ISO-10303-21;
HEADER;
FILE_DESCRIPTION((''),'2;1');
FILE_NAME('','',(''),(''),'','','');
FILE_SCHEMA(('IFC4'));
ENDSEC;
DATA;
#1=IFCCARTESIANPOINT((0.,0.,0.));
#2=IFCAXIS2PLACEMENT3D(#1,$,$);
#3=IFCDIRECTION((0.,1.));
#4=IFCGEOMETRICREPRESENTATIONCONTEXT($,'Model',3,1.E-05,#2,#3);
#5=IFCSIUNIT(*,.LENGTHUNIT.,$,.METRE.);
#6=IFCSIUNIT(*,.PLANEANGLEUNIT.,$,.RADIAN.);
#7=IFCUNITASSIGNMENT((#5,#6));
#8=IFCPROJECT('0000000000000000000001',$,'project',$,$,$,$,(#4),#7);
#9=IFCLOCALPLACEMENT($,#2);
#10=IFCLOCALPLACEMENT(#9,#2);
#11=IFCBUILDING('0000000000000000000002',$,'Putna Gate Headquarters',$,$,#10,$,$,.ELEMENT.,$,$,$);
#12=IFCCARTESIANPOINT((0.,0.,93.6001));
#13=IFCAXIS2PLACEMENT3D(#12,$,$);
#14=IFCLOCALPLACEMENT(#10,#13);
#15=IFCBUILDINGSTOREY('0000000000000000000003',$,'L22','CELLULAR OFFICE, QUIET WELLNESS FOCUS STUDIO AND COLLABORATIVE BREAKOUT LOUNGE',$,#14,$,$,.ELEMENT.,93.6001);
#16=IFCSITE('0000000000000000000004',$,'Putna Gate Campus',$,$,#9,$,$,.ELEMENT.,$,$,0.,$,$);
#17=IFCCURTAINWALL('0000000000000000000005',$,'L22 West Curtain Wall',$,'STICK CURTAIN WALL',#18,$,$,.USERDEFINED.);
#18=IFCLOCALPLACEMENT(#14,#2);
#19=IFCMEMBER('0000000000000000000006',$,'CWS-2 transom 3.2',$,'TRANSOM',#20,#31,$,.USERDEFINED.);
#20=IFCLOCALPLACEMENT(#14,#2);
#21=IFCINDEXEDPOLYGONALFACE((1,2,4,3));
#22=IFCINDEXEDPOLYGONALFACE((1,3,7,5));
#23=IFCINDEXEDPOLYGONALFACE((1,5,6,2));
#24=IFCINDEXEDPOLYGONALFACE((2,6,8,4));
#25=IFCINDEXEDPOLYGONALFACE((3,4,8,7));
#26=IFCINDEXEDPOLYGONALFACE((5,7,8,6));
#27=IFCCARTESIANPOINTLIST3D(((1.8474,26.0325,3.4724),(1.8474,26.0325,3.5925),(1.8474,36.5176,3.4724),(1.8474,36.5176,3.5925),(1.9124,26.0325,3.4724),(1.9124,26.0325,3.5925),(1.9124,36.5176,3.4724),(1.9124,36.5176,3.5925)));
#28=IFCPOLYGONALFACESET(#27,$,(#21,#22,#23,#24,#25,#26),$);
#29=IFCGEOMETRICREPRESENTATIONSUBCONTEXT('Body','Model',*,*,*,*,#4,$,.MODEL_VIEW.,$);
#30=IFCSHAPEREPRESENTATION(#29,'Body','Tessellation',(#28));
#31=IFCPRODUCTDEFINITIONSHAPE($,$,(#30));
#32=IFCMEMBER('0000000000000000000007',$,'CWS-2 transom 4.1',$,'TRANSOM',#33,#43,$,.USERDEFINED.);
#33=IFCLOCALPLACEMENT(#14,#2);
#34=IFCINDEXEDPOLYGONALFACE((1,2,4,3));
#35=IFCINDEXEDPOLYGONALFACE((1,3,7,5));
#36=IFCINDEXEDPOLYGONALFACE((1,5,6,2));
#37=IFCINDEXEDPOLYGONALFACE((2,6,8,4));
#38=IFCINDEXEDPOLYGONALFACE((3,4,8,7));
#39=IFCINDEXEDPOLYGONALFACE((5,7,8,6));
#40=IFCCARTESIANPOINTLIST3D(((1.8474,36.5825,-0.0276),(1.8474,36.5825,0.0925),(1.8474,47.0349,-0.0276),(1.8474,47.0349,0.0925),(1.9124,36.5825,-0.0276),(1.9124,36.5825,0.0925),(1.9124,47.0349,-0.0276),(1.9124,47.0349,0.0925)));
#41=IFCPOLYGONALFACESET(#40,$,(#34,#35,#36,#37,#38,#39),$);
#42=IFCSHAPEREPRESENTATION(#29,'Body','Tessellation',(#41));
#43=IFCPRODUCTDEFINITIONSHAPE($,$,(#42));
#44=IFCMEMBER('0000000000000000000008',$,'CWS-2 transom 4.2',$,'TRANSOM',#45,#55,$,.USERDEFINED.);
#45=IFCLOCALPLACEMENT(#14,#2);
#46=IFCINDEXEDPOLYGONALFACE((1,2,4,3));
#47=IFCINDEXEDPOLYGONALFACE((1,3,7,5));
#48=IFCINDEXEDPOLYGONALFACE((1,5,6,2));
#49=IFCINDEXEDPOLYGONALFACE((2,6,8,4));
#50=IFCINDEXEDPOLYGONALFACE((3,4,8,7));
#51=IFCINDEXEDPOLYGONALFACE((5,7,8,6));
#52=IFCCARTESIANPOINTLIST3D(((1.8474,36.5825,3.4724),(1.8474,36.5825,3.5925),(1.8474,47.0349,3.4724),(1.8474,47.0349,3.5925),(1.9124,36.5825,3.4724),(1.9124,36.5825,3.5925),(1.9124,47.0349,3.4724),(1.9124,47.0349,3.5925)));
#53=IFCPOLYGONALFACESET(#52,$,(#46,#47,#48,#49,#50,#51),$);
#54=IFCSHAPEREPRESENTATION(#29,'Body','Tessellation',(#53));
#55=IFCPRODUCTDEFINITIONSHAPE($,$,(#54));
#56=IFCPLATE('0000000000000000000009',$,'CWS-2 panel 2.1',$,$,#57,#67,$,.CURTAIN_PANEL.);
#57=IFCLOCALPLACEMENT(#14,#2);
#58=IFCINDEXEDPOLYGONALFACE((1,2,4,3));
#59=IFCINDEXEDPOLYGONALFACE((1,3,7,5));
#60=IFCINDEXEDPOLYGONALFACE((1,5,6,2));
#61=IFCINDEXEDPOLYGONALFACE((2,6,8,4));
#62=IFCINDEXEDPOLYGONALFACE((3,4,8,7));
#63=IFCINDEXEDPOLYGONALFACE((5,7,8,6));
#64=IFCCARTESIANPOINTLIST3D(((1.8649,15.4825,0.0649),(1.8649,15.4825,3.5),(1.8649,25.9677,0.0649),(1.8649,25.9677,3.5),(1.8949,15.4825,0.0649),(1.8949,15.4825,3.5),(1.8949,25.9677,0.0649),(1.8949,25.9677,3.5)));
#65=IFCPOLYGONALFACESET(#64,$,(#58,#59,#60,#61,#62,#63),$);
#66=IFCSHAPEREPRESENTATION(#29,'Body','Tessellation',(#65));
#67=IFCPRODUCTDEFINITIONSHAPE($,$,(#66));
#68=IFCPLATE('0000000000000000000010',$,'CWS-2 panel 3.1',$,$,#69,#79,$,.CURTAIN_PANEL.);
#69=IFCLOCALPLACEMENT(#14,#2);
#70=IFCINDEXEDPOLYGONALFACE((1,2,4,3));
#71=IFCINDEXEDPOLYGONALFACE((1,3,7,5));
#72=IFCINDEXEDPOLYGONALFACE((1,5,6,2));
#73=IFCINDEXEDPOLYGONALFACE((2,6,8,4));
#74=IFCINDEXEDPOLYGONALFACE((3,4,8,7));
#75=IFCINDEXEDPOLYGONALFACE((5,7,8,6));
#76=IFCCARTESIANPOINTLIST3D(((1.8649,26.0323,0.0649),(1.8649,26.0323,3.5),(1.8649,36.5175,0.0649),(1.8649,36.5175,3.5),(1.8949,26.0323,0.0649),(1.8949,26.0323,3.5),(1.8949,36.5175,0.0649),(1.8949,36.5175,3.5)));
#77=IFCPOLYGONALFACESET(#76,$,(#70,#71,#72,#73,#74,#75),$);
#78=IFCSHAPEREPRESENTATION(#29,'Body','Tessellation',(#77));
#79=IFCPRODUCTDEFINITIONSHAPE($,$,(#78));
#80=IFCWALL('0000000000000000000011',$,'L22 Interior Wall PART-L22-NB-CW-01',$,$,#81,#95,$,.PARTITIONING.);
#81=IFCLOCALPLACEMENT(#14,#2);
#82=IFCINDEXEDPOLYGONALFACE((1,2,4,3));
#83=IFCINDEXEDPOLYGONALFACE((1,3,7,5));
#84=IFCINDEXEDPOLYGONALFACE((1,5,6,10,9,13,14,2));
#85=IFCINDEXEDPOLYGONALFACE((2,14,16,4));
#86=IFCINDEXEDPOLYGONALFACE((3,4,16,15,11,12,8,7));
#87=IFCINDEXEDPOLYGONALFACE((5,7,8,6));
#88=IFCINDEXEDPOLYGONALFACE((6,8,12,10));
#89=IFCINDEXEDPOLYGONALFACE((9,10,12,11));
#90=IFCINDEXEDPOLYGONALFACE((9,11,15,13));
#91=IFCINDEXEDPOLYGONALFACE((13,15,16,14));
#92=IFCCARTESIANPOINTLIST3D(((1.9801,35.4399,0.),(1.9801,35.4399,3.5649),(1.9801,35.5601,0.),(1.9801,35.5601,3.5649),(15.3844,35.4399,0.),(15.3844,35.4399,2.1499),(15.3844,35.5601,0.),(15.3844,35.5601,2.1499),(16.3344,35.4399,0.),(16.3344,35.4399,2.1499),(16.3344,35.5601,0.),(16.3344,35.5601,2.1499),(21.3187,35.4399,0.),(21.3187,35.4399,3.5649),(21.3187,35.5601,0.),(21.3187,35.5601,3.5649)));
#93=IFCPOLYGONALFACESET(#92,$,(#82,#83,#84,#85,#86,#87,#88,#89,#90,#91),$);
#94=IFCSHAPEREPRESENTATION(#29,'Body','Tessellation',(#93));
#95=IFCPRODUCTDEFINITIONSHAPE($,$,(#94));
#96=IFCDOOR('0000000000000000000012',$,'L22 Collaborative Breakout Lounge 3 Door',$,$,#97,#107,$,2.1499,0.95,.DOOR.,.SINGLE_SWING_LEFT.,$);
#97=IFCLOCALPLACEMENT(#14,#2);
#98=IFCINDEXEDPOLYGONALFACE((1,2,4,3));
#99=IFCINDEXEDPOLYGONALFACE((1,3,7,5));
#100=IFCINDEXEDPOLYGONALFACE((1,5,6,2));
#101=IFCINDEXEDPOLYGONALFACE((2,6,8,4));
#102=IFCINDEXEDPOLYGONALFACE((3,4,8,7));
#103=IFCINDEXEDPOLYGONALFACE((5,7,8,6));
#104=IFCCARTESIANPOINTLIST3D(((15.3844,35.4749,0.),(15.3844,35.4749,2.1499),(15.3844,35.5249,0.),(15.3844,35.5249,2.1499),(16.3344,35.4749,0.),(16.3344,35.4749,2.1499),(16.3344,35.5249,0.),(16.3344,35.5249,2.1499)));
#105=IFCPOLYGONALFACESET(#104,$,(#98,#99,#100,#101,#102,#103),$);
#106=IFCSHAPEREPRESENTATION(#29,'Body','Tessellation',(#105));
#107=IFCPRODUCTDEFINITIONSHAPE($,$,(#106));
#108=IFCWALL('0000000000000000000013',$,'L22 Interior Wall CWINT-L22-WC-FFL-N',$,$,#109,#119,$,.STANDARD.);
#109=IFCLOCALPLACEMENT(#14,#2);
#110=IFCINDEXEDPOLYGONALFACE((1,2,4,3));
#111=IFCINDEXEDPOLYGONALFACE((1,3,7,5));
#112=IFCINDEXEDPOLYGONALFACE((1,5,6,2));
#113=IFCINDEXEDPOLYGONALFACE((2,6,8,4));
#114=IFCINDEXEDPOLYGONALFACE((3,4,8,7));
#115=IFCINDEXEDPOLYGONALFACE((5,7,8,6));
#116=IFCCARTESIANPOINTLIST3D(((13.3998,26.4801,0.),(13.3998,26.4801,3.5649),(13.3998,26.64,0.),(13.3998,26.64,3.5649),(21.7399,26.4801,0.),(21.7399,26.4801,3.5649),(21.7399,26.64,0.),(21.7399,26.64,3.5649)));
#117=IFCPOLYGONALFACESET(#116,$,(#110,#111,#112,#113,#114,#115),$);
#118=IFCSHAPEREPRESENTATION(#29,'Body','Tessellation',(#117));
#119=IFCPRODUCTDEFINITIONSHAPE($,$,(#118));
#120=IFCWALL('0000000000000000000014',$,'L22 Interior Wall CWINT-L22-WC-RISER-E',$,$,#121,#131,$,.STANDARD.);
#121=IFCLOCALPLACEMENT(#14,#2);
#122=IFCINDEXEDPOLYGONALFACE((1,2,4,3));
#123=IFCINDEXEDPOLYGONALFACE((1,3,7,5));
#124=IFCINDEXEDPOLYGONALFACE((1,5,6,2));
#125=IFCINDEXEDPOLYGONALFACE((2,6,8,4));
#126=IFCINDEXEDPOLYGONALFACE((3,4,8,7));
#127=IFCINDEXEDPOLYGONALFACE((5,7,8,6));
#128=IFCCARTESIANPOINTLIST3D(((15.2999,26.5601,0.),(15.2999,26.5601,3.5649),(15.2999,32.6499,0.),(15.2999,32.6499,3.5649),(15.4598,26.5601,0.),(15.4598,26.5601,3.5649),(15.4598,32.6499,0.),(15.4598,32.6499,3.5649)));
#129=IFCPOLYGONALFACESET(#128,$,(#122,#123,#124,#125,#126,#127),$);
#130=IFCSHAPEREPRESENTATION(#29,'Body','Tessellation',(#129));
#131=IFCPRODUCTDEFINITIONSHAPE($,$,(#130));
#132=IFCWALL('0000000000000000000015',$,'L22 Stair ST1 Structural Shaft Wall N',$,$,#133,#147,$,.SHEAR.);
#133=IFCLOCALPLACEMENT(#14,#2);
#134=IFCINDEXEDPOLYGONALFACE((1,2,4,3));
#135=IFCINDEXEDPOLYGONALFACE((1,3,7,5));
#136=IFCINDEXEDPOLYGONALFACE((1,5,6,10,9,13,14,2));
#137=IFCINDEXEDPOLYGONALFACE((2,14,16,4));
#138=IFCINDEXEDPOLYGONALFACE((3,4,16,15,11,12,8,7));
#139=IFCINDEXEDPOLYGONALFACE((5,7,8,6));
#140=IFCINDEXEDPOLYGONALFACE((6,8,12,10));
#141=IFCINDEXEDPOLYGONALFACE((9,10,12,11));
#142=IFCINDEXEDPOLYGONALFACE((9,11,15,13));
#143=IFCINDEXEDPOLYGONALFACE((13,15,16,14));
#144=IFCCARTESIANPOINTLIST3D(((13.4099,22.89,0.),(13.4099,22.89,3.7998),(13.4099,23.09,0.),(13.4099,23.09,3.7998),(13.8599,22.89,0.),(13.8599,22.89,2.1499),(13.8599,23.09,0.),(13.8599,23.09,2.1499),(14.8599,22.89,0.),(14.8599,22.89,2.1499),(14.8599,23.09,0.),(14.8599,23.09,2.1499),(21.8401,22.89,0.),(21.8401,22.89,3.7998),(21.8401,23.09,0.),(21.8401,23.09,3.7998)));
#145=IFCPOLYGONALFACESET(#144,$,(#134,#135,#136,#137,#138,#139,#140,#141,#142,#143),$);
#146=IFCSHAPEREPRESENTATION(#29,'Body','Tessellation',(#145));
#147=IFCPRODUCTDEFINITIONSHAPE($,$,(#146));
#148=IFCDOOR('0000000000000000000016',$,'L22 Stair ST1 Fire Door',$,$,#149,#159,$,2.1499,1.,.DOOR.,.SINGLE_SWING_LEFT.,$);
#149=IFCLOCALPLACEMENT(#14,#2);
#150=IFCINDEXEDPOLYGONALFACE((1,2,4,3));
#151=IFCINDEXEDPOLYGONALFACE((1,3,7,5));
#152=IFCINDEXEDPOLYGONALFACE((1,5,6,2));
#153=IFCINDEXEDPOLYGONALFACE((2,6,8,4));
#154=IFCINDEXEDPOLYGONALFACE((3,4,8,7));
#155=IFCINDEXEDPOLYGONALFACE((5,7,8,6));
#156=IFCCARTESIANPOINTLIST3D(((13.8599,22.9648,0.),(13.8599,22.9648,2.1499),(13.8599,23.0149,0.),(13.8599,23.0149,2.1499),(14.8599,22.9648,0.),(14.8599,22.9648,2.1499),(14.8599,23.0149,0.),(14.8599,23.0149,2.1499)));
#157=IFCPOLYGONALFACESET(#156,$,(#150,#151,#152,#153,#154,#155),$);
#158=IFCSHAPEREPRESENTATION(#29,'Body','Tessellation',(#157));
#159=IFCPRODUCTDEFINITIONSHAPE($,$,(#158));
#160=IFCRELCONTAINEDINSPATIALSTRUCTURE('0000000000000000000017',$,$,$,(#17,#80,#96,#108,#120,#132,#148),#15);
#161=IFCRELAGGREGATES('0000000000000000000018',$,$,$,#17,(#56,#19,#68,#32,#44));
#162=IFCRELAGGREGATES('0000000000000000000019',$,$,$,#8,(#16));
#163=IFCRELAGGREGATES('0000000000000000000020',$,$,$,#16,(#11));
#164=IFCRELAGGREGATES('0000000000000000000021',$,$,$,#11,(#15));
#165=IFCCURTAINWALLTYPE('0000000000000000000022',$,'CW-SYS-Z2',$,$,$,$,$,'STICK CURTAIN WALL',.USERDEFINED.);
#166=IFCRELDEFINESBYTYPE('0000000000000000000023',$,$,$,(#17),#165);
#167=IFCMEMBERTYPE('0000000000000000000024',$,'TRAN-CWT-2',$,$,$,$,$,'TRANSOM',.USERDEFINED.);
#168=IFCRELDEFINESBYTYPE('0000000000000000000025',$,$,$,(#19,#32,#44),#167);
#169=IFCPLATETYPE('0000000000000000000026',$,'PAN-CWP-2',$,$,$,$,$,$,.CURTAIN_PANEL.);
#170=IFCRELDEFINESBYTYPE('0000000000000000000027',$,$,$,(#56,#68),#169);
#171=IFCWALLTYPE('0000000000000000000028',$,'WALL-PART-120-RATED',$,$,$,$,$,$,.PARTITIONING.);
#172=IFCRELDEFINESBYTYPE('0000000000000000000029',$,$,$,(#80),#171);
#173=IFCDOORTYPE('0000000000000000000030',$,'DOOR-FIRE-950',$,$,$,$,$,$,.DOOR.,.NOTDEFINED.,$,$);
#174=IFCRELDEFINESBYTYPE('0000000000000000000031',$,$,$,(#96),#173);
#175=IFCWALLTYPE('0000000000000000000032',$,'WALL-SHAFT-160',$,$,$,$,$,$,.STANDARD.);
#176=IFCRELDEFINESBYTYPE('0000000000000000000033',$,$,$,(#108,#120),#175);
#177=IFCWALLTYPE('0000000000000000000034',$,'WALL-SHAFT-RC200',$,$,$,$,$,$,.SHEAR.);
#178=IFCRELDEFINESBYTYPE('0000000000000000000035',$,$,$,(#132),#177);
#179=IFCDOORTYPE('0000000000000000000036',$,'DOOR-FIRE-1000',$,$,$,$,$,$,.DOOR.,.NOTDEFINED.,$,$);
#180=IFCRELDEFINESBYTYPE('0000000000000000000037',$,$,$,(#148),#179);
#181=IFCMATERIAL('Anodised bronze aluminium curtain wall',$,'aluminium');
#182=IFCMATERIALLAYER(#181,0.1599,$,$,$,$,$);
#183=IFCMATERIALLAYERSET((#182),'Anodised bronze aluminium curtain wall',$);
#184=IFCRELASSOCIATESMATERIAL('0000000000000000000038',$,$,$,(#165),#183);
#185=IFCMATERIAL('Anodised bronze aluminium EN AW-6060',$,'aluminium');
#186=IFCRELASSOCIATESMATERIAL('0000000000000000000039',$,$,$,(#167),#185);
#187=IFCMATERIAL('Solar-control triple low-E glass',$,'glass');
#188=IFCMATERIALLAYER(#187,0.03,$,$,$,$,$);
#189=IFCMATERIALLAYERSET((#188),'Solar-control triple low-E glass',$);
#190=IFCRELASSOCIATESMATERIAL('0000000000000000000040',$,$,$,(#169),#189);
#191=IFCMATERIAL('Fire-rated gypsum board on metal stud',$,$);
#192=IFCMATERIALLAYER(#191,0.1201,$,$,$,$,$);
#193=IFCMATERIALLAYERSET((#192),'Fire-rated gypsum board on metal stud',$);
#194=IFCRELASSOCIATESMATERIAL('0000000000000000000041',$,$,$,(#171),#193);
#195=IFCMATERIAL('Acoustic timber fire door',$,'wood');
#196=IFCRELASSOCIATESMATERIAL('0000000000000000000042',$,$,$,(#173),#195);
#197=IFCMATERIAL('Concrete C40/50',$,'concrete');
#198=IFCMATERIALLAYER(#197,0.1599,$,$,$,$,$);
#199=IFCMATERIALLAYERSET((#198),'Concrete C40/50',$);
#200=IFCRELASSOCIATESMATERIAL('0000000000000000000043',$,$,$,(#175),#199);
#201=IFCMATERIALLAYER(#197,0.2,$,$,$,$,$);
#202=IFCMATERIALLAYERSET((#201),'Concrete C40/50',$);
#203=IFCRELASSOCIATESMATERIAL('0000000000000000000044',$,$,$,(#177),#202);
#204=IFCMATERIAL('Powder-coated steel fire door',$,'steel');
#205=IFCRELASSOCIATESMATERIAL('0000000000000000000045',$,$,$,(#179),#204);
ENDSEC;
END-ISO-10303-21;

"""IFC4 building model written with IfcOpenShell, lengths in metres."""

from ifc_helpers import new_model, si_unit, direction, frame, frame_2d, origin, origin_2d, place, context, subcontext, project, spatial, rectangle, extrude, material, layer, layer_set, material_profile, profile_set, type_object, element, fill, aggregate, save


model = new_model("IFC4")

# Units and contexts
model_context = context("Model", 3, precision=1e-05, world=origin(), true_north=direction((0.0, 1.0)))
body_context = subcontext(model_context, "Body", "Model", "MODEL_VIEW")
ifc_project = project(units=[si_unit("LENGTHUNIT", "METRE"), si_unit("PLANEANGLEUNIT", "RADIAN")], contexts=[model_context])

# Site, building, storey
site_placement = place(None, origin())
site = spatial("IfcSite", under=ifc_project, at=site_placement, Name="Putna Gate Campus", CompositionType="ELEMENT", RefElevation=0.0)
building_placement = place(site_placement, origin())
building = spatial("IfcBuilding", under=site, at=building_placement, Name="Putna Gate Headquarters", CompositionType="ELEMENT")
storey_placement = place(building_placement, frame((0.0, 0.0, 93.6001)))
storey = spatial("IfcBuildingStorey", under=building, at=storey_placement, Name="L22", Description="CELLULAR OFFICE, QUIET WELLNESS FOCUS STUDIO AND COLLABORATIVE BREAKOUT LOUNGE", CompositionType="ELEMENT", Elevation=93.6001)

# Curtain wall, members, plates
ifc_material_1 = material(Name="Anodised bronze aluminium curtain wall", Category="aluminium")
ifc_layer_1 = layer(ifc_material_1, 0.1599)
ifc_layer_set_1 = layer_set([ifc_layer_1], Name="Anodised bronze aluminium curtain wall")
curtain_wall_type = type_object("IfcCurtainWallType", Name="CW-SYS-Z2", ElementType="STICK CURTAIN WALL", PredefinedType="USERDEFINED", material=ifc_layer_set_1)
curtain_wall_placement = place(storey_placement, origin())
curtain_wall = element("IfcCurtainWall", 1, at=curtain_wall_placement, inside=storey, type_object=curtain_wall_type, Name="L22 West Curtain Wall", ObjectType="STICK CURTAIN WALL", PredefinedType="USERDEFINED")
ifc_material_2 = material(Name="Anodised bronze aluminium EN AW-6060", Category="aluminium")
ifc_material_profile_1 = material_profile(ifc_material_2, rectangle(XDim=0.0649, YDim=0.1201, at=origin_2d()), Name="Anodised bronze aluminium EN AW-6060")
ifc_profile_set_1 = profile_set([ifc_material_profile_1], Name="Anodised bronze aluminium EN AW-6060")
member_type_1 = type_object("IfcMemberType", Name="TRAN-CWT-2", ElementType="TRANSOM", PredefinedType="USERDEFINED", material=ifc_profile_set_1)
member_1_placement = place(storey_placement, frame((1.8799, 26.0325, 3.5325), z_axis=(0.0, 1.0, 0.0), x_axis=(-1.0, 0.0, 0.0)))
member_1 = element("IfcMember", 2, at=member_1_placement, type_object=member_type_1, Name="CWS-2 transom 3.2", ObjectType="TRANSOM", PredefinedType="USERDEFINED", context=body_context, shape_type="SweptSolid", body=[
    extrude(rectangle(XDim=0.0649, YDim=0.1201, at=origin_2d()), origin(), (0.0, 0.0, 1.0), 10.4851),
])
member_2_placement = place(storey_placement, frame((1.8799, 36.5825, 0.0325), z_axis=(0.0, 1.0, 0.0), x_axis=(-1.0, 0.0, 0.0)))
member_2 = element("IfcMember", 3, at=member_2_placement, type_object=member_type_1, Name="CWS-2 transom 4.1", ObjectType="TRANSOM", PredefinedType="USERDEFINED", context=body_context, shape_type="SweptSolid", body=[
    extrude(rectangle(XDim=0.0649, YDim=0.1201, at=origin_2d()), origin(), (0.0, 0.0, 1.0), 10.4524),
])
member_3_placement = place(storey_placement, frame((1.8799, 36.5825, 3.5325), z_axis=(0.0, 1.0, 0.0), x_axis=(-1.0, 0.0, 0.0)))
member_3 = element("IfcMember", 4, at=member_3_placement, type_object=member_type_1, Name="CWS-2 transom 4.2", ObjectType="TRANSOM", PredefinedType="USERDEFINED", context=body_context, shape_type="SweptSolid", body=[
    extrude(rectangle(XDim=0.0649, YDim=0.1201, at=origin_2d()), origin(), (0.0, 0.0, 1.0), 10.4524),
])
ifc_material_3 = material(Name="Solar-control triple low-E glass", Category="glass")
ifc_layer_2 = layer(ifc_material_3, 0.03)
ifc_layer_set_2 = layer_set([ifc_layer_2], Name="Solar-control triple low-E glass")
plate_type = type_object("IfcPlateType", Name="PAN-CWP-2", PredefinedType="CURTAIN_PANEL", material=ifc_layer_set_2)
plate_1_placement = place(storey_placement, frame((1.8799, 20.7251, 0.0649), z_axis=(0.0, 0.0, 1.0), x_axis=(0.0, 1.0, 0.0)))
plate_1 = element("IfcPlate", 5, at=plate_1_placement, type_object=plate_type, Name="CWS-2 panel 2.1", PredefinedType="CURTAIN_PANEL", context=body_context, shape_type="SweptSolid", body=[
    extrude(rectangle(XDim=10.4851, YDim=0.03, at=origin_2d()), origin(), (0.0, 0.0, 1.0), 3.4351),
])
plate_2_placement = place(storey_placement, frame((1.8799, 31.2749, 0.0649), z_axis=(0.0, 0.0, 1.0), x_axis=(0.0, 1.0, 0.0)))
plate_2 = element("IfcPlate", 6, at=plate_2_placement, type_object=plate_type, Name="CWS-2 panel 3.1", PredefinedType="CURTAIN_PANEL", context=body_context, shape_type="SweptSolid", body=[
    extrude(rectangle(XDim=10.4851, YDim=0.03, at=origin_2d()), origin(), (0.0, 0.0, 1.0), 3.4351),
])
aggregate(curtain_wall, [plate_1, member_1, plate_2, member_2, member_3])

# Wall, opening, door
ifc_material_4 = material(Name="Fire-rated gypsum board on metal stud")
ifc_layer_3 = layer(ifc_material_4, 0.1201)
ifc_layer_set_3 = layer_set([ifc_layer_3], Name="Fire-rated gypsum board on metal stud")
wall_type_1 = type_object("IfcWallType", Name="WALL-PART-120-RATED", PredefinedType="PARTITIONING", material=ifc_layer_set_3)
wall_1_placement = place(storey_placement, frame((1.98, 35.5, 0.0), z_axis=(0.0, 0.0, 1.0), x_axis=(1.0, 0.0, 0.0)))
wall_1 = element("IfcWall", 7, at=wall_1_placement, inside=storey, type_object=wall_type_1, Name="L22 Interior Wall PART-L22-NB-CW-01", PredefinedType="PARTITIONING", context=body_context, shape_type="SweptSolid", body=[
    extrude(rectangle(XDim=19.3386, YDim=0.1201, at=frame_2d((9.6694, 0.0))), origin(), (0.0, 0.0, 1.0), 3.5649),
])
opening_1_placement = place(wall_1_placement, frame((13.4043, 0.0, 0.0)))
opening_1 = element("IfcOpeningElement", 8, at=opening_1_placement, cuts=wall_1, PredefinedType="OPENING", context=body_context, shape_type="SweptSolid", body=[
    extrude(rectangle(XDim=0.95, YDim=2.1499, at=frame_2d((0.4751, 1.075))), frame((0.0, 0.0701, 0.0), z_axis=(0.0, -1.0, 0.0), x_axis=(1.0, 0.0, 0.0)), (0.0, 0.0, 1.0), 0.1401),
])
ifc_material_5 = material(Name="Acoustic timber fire door", Category="wood")
door_type_1 = type_object("IfcDoorType", Name="DOOR-FIRE-950", OperationType="NOTDEFINED", PredefinedType="DOOR", material=ifc_material_5)
door_1_placement = place(opening_1_placement, origin())
door_1 = element("IfcDoor", 9, at=door_1_placement, inside=storey, type_object=door_type_1, Name="L22 Collaborative Breakout Lounge 3 Door", OperationType="SINGLE_SWING_LEFT", OverallHeight=2.1499, OverallWidth=0.95, PredefinedType="DOOR", context=body_context, shape_type="SweptSolid", body=[
    extrude(rectangle(XDim=0.95, YDim=2.1499, at=frame_2d((0.4751, 1.075))), frame((0.0, 0.0249, 0.0), z_axis=(0.0, -1.0, 0.0), x_axis=(1.0, 0.0, 0.0)), (0.0, 0.0, 1.0), 0.05),
])
fill(opening_1, door_1)

# Walls
ifc_material_6 = material(Name="Concrete C40/50", Category="concrete")
ifc_layer_4 = layer(ifc_material_6, 0.1599)
ifc_layer_set_4 = layer_set([ifc_layer_4], Name="Concrete C40/50")
wall_type_2 = type_object("IfcWallType", Name="WALL-SHAFT-160", PredefinedType="STANDARD", material=ifc_layer_set_4)
wall_2_placement = place(storey_placement, frame((13.3999, 26.5601, 0.0), z_axis=(0.0, 0.0, 1.0), x_axis=(1.0, 0.0, 0.0)))
element("IfcWall", 10, at=wall_2_placement, inside=storey, type_object=wall_type_2, Name="L22 Interior Wall CWINT-L22-WC-FFL-N", PredefinedType="STANDARD", context=body_context, shape_type="SweptSolid", body=[
    extrude(rectangle(XDim=8.3401, YDim=0.1599, at=frame_2d((4.1699, 0.0))), origin(), (0.0, 0.0, 1.0), 3.5649),
])
wall_3_placement = place(storey_placement, frame((15.3799, 26.5601, 0.0), z_axis=(0.0, 0.0, 1.0), x_axis=(0.0, 1.0, 0.0)))
element("IfcWall", 11, at=wall_3_placement, inside=storey, type_object=wall_type_2, Name="L22 Interior Wall CWINT-L22-WC-RISER-E", PredefinedType="STANDARD", context=body_context, shape_type="SweptSolid", body=[
    extrude(rectangle(XDim=6.0898, YDim=0.1599, at=frame_2d((3.0449, 0.0))), origin(), (0.0, 0.0, 1.0), 3.5649),
])

# Wall, opening, door
ifc_layer_5 = layer(ifc_material_6, 0.2)
ifc_layer_set_5 = layer_set([ifc_layer_5], Name="Concrete C40/50")
wall_type_3 = type_object("IfcWallType", Name="WALL-SHAFT-RC200", PredefinedType="SHEAR", material=ifc_layer_set_5)
wall_4_placement = place(storey_placement, frame((13.4099, 22.99, 0.0), z_axis=(0.0, 0.0, 1.0), x_axis=(1.0, 0.0, 0.0)))
wall_4 = element("IfcWall", 12, at=wall_4_placement, inside=storey, type_object=wall_type_3, Name="L22 Stair ST1 Structural Shaft Wall N", PredefinedType="SHEAR", context=body_context, shape_type="SweptSolid", body=[
    extrude(rectangle(XDim=8.4302, YDim=0.2, at=frame_2d((4.2151, 0.0))), origin(), (0.0, 0.0, 1.0), 3.7998),
])
opening_2_placement = place(wall_4_placement, frame((0.45, 0.0, 0.0)))
opening_2 = element("IfcOpeningElement", 13, at=opening_2_placement, cuts=wall_4, PredefinedType="OPENING", context=body_context, shape_type="SweptSolid", body=[
    extrude(rectangle(XDim=1.0, YDim=2.1499, at=frame_2d((0.5, 1.075))), frame((0.0, 0.1099, 0.0), z_axis=(0.0, -1.0, 0.0), x_axis=(1.0, 0.0, 0.0)), (0.0, 0.0, 1.0), 0.22),
])
ifc_material_7 = material(Name="Powder-coated steel fire door", Category="steel")
door_type_2 = type_object("IfcDoorType", Name="DOOR-FIRE-1000", OperationType="NOTDEFINED", PredefinedType="DOOR", material=ifc_material_7)
door_2_placement = place(opening_2_placement, origin())
door_2 = element("IfcDoor", 14, at=door_2_placement, inside=storey, type_object=door_type_2, Name="L22 Stair ST1 Fire Door", OperationType="SINGLE_SWING_LEFT", OverallHeight=2.1499, OverallWidth=1.0, PredefinedType="DOOR", context=body_context, shape_type="SweptSolid", body=[
    extrude(rectangle(XDim=1.0, YDim=2.1499, at=frame_2d((0.5, 1.075))), frame((0.0, 0.0249, 0.0), z_axis=(0.0, -1.0, 0.0), x_axis=(1.0, 0.0, 0.0)), (0.0, 0.0, 1.0), 0.05),
])
fill(opening_2, door_2)

save(model, "model.ifc")
